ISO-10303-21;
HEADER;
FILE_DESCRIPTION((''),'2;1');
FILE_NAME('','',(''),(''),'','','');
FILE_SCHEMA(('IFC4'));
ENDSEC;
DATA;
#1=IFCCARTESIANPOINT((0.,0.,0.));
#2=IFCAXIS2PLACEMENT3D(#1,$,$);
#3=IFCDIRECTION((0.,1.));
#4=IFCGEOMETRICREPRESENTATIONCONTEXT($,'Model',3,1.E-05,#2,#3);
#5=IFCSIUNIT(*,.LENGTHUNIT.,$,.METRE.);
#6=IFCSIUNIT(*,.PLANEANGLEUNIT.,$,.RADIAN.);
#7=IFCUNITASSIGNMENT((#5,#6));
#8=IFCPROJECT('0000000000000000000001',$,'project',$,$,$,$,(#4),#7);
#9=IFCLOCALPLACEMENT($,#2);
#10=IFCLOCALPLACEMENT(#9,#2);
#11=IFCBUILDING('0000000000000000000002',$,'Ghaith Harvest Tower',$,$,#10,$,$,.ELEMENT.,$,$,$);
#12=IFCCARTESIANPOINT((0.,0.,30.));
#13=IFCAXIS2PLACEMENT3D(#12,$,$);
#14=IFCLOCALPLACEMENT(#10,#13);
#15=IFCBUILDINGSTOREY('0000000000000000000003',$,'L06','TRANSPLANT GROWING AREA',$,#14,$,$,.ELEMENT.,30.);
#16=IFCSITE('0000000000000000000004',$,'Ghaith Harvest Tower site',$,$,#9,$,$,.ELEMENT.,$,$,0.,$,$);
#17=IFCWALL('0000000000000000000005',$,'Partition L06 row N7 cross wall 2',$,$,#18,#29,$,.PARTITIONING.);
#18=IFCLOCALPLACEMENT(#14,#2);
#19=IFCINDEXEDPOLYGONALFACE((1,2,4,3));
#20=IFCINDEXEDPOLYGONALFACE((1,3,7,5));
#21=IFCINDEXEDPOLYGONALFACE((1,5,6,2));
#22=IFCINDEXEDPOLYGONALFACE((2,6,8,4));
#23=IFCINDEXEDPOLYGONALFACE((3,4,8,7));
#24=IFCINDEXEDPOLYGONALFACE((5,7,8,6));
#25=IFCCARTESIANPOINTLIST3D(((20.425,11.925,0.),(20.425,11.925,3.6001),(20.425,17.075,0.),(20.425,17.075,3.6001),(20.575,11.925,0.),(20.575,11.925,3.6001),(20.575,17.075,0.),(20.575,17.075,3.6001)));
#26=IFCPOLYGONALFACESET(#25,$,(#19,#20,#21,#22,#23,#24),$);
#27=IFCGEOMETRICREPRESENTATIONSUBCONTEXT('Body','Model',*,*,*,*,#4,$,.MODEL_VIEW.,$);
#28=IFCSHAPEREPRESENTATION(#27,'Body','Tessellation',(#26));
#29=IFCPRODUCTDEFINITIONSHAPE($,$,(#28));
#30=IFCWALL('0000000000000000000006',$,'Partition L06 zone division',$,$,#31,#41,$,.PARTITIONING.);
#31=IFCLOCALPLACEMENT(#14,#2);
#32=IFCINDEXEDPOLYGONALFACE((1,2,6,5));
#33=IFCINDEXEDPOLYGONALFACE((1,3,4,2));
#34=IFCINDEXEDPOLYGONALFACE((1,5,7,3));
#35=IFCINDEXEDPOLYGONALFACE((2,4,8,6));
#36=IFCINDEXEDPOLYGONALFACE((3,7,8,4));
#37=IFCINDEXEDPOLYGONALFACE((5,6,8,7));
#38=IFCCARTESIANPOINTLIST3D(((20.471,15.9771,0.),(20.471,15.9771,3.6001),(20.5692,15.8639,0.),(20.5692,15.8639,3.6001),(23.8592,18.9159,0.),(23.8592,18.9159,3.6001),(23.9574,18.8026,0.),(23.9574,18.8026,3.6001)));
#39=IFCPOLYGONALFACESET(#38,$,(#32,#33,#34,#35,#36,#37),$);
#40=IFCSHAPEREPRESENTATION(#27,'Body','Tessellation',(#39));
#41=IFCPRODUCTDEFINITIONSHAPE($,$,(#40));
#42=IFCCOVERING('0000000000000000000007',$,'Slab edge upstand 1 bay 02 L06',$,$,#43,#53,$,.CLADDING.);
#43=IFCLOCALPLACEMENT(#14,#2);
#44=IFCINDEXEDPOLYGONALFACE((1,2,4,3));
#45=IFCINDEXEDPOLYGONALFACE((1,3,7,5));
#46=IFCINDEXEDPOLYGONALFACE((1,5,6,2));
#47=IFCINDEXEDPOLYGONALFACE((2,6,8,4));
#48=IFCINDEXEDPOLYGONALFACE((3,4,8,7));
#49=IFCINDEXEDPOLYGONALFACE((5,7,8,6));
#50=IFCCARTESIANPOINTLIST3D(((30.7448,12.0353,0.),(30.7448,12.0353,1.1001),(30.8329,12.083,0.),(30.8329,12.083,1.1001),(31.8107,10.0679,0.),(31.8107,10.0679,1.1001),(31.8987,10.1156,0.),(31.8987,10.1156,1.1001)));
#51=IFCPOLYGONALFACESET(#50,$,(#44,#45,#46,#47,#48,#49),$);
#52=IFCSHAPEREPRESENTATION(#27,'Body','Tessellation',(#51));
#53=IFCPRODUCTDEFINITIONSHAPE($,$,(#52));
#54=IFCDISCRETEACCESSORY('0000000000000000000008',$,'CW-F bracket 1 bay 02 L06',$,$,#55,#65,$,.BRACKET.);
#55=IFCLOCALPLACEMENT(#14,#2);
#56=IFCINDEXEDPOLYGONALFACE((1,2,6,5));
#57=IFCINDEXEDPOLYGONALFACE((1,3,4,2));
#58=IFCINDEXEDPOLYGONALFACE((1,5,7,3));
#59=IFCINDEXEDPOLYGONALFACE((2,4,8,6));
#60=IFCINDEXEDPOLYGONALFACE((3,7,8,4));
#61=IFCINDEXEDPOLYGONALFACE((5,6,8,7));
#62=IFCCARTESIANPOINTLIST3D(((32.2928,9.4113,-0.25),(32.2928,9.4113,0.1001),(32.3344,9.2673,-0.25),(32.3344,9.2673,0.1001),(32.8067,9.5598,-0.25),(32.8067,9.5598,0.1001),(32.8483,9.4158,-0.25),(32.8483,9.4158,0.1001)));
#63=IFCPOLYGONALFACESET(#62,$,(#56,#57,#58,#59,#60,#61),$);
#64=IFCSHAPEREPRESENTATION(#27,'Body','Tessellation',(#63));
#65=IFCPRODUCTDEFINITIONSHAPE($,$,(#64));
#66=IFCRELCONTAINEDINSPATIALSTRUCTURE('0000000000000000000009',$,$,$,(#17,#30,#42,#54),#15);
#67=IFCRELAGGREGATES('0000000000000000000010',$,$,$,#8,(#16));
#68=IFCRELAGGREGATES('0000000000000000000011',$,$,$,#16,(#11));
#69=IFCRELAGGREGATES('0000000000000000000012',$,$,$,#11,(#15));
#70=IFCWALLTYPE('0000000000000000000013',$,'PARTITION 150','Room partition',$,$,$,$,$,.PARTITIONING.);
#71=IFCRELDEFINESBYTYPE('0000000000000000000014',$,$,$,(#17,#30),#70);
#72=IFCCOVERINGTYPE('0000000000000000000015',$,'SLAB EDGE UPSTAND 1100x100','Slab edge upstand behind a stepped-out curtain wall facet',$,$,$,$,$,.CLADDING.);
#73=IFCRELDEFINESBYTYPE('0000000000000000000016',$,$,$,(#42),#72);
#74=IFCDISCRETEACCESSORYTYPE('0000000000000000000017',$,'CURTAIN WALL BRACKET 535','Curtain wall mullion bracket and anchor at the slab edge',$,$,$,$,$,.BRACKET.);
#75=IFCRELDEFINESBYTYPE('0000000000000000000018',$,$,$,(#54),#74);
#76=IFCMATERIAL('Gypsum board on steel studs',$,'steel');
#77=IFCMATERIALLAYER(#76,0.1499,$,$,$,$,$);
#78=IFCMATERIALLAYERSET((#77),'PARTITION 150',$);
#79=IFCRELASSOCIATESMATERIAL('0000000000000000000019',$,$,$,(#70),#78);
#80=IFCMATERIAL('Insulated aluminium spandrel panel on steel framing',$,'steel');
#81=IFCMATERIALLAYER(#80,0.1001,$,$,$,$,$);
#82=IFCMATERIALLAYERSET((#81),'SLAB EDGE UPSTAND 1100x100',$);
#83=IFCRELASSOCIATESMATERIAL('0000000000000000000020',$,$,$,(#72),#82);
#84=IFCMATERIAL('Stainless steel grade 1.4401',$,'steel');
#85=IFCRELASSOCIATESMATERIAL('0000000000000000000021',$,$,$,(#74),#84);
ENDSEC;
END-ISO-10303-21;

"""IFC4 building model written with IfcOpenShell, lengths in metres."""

from ifc_helpers import new_model, si_unit, direction, frame, frame_2d, origin, origin_2d, place, context, subcontext, project, spatial, rectangle, extrude, material, layer, layer_set, type_object, element, save


model = new_model("IFC4")

# Units and contexts
model_context = context("Model", 3, precision=1e-05, world=origin(), true_north=direction((0.0, 1.0)))
body_context = subcontext(model_context, "Body", "Model", "MODEL_VIEW")
ifc_project = project(units=[si_unit("LENGTHUNIT", "METRE"), si_unit("PLANEANGLEUNIT", "RADIAN")], contexts=[model_context])

# Site, building, storey
site_placement = place(None, origin())
site = spatial("IfcSite", under=ifc_project, at=site_placement, Name="Ghaith Harvest Tower site", CompositionType="ELEMENT", RefElevation=0.0)
building_placement = place(site_placement, origin())
building = spatial("IfcBuilding", under=site, at=building_placement, Name="Ghaith Harvest Tower", CompositionType="ELEMENT")
storey_placement = place(building_placement, frame((0.0, 0.0, 30.0)))
storey = spatial("IfcBuildingStorey", under=building, at=storey_placement, Name="L06", Description="TRANSPLANT GROWING AREA", CompositionType="ELEMENT", Elevation=30.0)

# Walls
ifc_material_1 = material(Name="Gypsum board on steel studs", Category="steel")
ifc_layer_1 = layer(ifc_material_1, 0.1499)
ifc_layer_set_1 = layer_set([ifc_layer_1], Name="PARTITION 150")
wall_type = type_object("IfcWallType", Name="PARTITION 150", Description="Room partition", PredefinedType="PARTITIONING", material=ifc_layer_set_1)
wall_1_placement = place(storey_placement, frame((20.5, 11.925, 0.0), z_axis=(0.0, 0.0, 1.0), x_axis=(0.0, 1.0, 0.0)))
element("IfcWall", 1, at=wall_1_placement, inside=storey, type_object=wall_type, Name="Partition L06 row N7 cross wall 2", PredefinedType="PARTITIONING", context=body_context, shape_type="SweptSolid", body=[
    extrude(rectangle(XDim=5.1499, YDim=0.1499, at=frame_2d((2.575, 0.0))), origin(), (0.0, 0.0, 1.0), 3.6001),
])
wall_2_placement = place(storey_placement, frame((20.52, 15.9204, 0.0), z_axis=(0.0, 0.0, 1.0), x_axis=(0.755436, 0.655223, 0.0)))
element("IfcWall", 2, at=wall_2_placement, inside=storey, type_object=wall_type, Name="Partition L06 zone division", PredefinedType="PARTITIONING", context=body_context, shape_type="SweptSolid", body=[
    extrude(rectangle(XDim=4.4851, YDim=0.1499, at=frame_2d((2.2427, 0.0))), origin(), (0.0, 0.0, 1.0), 3.6001),
])

# Covering
ifc_material_2 = material(Name="Insulated aluminium spandrel panel on steel framing", Category="steel")
ifc_layer_2 = layer(ifc_material_2, 0.1001)
ifc_layer_set_2 = layer_set([ifc_layer_2], Name="SLAB EDGE UPSTAND 1100x100")
covering_type = type_object("IfcCoveringType", Name="SLAB EDGE UPSTAND 1100x100", Description="Slab edge upstand behind a stepped-out curtain wall facet", PredefinedType="CLADDING", material=ifc_layer_set_2)
covering_placement = place(storey_placement, frame((31.3218, 11.0754, 0.0), z_axis=(0.0, 0.0, 1.0), x_axis=(-0.476349, 0.879256, 0.0)))
element("IfcCovering", 3, at=covering_placement, inside=storey, type_object=covering_type, Name="Slab edge upstand 1 bay 02 L06", PredefinedType="CLADDING", context=body_context, shape_type="SweptSolid", body=[
    extrude(rectangle(XDim=2.2375, YDim=0.1001, at=origin_2d()), origin(), (0.0, 0.0, 1.0), 1.1001),
])

# Discrete accessory
ifc_material_3 = material(Name="Stainless steel grade 1.4401", Category="steel")
discrete_accessory_type = type_object("IfcDiscreteAccessoryType", Name="CURTAIN WALL BRACKET 535", Description="Curtain wall mullion bracket and anchor at the slab edge", PredefinedType="BRACKET", material=ifc_material_3)
discrete_accessory_placement = place(storey_placement, frame((32.5706, 9.4136, -0.25), z_axis=(0.0, 0.0, 1.0), x_axis=(0.96068, 0.277657, 0.0)))
element("IfcDiscreteAccessory", 4, at=discrete_accessory_placement, inside=storey, type_object=discrete_accessory_type, Name="CW-F bracket 1 bay 02 L06", PredefinedType="BRACKET", context=body_context, shape_type="SweptSolid", body=[
    extrude(rectangle(XDim=0.5349, YDim=0.1499, at=origin_2d()), origin(), (0.0, 0.0, 1.0), 0.3501),
])

save(model, "model.ifc")
